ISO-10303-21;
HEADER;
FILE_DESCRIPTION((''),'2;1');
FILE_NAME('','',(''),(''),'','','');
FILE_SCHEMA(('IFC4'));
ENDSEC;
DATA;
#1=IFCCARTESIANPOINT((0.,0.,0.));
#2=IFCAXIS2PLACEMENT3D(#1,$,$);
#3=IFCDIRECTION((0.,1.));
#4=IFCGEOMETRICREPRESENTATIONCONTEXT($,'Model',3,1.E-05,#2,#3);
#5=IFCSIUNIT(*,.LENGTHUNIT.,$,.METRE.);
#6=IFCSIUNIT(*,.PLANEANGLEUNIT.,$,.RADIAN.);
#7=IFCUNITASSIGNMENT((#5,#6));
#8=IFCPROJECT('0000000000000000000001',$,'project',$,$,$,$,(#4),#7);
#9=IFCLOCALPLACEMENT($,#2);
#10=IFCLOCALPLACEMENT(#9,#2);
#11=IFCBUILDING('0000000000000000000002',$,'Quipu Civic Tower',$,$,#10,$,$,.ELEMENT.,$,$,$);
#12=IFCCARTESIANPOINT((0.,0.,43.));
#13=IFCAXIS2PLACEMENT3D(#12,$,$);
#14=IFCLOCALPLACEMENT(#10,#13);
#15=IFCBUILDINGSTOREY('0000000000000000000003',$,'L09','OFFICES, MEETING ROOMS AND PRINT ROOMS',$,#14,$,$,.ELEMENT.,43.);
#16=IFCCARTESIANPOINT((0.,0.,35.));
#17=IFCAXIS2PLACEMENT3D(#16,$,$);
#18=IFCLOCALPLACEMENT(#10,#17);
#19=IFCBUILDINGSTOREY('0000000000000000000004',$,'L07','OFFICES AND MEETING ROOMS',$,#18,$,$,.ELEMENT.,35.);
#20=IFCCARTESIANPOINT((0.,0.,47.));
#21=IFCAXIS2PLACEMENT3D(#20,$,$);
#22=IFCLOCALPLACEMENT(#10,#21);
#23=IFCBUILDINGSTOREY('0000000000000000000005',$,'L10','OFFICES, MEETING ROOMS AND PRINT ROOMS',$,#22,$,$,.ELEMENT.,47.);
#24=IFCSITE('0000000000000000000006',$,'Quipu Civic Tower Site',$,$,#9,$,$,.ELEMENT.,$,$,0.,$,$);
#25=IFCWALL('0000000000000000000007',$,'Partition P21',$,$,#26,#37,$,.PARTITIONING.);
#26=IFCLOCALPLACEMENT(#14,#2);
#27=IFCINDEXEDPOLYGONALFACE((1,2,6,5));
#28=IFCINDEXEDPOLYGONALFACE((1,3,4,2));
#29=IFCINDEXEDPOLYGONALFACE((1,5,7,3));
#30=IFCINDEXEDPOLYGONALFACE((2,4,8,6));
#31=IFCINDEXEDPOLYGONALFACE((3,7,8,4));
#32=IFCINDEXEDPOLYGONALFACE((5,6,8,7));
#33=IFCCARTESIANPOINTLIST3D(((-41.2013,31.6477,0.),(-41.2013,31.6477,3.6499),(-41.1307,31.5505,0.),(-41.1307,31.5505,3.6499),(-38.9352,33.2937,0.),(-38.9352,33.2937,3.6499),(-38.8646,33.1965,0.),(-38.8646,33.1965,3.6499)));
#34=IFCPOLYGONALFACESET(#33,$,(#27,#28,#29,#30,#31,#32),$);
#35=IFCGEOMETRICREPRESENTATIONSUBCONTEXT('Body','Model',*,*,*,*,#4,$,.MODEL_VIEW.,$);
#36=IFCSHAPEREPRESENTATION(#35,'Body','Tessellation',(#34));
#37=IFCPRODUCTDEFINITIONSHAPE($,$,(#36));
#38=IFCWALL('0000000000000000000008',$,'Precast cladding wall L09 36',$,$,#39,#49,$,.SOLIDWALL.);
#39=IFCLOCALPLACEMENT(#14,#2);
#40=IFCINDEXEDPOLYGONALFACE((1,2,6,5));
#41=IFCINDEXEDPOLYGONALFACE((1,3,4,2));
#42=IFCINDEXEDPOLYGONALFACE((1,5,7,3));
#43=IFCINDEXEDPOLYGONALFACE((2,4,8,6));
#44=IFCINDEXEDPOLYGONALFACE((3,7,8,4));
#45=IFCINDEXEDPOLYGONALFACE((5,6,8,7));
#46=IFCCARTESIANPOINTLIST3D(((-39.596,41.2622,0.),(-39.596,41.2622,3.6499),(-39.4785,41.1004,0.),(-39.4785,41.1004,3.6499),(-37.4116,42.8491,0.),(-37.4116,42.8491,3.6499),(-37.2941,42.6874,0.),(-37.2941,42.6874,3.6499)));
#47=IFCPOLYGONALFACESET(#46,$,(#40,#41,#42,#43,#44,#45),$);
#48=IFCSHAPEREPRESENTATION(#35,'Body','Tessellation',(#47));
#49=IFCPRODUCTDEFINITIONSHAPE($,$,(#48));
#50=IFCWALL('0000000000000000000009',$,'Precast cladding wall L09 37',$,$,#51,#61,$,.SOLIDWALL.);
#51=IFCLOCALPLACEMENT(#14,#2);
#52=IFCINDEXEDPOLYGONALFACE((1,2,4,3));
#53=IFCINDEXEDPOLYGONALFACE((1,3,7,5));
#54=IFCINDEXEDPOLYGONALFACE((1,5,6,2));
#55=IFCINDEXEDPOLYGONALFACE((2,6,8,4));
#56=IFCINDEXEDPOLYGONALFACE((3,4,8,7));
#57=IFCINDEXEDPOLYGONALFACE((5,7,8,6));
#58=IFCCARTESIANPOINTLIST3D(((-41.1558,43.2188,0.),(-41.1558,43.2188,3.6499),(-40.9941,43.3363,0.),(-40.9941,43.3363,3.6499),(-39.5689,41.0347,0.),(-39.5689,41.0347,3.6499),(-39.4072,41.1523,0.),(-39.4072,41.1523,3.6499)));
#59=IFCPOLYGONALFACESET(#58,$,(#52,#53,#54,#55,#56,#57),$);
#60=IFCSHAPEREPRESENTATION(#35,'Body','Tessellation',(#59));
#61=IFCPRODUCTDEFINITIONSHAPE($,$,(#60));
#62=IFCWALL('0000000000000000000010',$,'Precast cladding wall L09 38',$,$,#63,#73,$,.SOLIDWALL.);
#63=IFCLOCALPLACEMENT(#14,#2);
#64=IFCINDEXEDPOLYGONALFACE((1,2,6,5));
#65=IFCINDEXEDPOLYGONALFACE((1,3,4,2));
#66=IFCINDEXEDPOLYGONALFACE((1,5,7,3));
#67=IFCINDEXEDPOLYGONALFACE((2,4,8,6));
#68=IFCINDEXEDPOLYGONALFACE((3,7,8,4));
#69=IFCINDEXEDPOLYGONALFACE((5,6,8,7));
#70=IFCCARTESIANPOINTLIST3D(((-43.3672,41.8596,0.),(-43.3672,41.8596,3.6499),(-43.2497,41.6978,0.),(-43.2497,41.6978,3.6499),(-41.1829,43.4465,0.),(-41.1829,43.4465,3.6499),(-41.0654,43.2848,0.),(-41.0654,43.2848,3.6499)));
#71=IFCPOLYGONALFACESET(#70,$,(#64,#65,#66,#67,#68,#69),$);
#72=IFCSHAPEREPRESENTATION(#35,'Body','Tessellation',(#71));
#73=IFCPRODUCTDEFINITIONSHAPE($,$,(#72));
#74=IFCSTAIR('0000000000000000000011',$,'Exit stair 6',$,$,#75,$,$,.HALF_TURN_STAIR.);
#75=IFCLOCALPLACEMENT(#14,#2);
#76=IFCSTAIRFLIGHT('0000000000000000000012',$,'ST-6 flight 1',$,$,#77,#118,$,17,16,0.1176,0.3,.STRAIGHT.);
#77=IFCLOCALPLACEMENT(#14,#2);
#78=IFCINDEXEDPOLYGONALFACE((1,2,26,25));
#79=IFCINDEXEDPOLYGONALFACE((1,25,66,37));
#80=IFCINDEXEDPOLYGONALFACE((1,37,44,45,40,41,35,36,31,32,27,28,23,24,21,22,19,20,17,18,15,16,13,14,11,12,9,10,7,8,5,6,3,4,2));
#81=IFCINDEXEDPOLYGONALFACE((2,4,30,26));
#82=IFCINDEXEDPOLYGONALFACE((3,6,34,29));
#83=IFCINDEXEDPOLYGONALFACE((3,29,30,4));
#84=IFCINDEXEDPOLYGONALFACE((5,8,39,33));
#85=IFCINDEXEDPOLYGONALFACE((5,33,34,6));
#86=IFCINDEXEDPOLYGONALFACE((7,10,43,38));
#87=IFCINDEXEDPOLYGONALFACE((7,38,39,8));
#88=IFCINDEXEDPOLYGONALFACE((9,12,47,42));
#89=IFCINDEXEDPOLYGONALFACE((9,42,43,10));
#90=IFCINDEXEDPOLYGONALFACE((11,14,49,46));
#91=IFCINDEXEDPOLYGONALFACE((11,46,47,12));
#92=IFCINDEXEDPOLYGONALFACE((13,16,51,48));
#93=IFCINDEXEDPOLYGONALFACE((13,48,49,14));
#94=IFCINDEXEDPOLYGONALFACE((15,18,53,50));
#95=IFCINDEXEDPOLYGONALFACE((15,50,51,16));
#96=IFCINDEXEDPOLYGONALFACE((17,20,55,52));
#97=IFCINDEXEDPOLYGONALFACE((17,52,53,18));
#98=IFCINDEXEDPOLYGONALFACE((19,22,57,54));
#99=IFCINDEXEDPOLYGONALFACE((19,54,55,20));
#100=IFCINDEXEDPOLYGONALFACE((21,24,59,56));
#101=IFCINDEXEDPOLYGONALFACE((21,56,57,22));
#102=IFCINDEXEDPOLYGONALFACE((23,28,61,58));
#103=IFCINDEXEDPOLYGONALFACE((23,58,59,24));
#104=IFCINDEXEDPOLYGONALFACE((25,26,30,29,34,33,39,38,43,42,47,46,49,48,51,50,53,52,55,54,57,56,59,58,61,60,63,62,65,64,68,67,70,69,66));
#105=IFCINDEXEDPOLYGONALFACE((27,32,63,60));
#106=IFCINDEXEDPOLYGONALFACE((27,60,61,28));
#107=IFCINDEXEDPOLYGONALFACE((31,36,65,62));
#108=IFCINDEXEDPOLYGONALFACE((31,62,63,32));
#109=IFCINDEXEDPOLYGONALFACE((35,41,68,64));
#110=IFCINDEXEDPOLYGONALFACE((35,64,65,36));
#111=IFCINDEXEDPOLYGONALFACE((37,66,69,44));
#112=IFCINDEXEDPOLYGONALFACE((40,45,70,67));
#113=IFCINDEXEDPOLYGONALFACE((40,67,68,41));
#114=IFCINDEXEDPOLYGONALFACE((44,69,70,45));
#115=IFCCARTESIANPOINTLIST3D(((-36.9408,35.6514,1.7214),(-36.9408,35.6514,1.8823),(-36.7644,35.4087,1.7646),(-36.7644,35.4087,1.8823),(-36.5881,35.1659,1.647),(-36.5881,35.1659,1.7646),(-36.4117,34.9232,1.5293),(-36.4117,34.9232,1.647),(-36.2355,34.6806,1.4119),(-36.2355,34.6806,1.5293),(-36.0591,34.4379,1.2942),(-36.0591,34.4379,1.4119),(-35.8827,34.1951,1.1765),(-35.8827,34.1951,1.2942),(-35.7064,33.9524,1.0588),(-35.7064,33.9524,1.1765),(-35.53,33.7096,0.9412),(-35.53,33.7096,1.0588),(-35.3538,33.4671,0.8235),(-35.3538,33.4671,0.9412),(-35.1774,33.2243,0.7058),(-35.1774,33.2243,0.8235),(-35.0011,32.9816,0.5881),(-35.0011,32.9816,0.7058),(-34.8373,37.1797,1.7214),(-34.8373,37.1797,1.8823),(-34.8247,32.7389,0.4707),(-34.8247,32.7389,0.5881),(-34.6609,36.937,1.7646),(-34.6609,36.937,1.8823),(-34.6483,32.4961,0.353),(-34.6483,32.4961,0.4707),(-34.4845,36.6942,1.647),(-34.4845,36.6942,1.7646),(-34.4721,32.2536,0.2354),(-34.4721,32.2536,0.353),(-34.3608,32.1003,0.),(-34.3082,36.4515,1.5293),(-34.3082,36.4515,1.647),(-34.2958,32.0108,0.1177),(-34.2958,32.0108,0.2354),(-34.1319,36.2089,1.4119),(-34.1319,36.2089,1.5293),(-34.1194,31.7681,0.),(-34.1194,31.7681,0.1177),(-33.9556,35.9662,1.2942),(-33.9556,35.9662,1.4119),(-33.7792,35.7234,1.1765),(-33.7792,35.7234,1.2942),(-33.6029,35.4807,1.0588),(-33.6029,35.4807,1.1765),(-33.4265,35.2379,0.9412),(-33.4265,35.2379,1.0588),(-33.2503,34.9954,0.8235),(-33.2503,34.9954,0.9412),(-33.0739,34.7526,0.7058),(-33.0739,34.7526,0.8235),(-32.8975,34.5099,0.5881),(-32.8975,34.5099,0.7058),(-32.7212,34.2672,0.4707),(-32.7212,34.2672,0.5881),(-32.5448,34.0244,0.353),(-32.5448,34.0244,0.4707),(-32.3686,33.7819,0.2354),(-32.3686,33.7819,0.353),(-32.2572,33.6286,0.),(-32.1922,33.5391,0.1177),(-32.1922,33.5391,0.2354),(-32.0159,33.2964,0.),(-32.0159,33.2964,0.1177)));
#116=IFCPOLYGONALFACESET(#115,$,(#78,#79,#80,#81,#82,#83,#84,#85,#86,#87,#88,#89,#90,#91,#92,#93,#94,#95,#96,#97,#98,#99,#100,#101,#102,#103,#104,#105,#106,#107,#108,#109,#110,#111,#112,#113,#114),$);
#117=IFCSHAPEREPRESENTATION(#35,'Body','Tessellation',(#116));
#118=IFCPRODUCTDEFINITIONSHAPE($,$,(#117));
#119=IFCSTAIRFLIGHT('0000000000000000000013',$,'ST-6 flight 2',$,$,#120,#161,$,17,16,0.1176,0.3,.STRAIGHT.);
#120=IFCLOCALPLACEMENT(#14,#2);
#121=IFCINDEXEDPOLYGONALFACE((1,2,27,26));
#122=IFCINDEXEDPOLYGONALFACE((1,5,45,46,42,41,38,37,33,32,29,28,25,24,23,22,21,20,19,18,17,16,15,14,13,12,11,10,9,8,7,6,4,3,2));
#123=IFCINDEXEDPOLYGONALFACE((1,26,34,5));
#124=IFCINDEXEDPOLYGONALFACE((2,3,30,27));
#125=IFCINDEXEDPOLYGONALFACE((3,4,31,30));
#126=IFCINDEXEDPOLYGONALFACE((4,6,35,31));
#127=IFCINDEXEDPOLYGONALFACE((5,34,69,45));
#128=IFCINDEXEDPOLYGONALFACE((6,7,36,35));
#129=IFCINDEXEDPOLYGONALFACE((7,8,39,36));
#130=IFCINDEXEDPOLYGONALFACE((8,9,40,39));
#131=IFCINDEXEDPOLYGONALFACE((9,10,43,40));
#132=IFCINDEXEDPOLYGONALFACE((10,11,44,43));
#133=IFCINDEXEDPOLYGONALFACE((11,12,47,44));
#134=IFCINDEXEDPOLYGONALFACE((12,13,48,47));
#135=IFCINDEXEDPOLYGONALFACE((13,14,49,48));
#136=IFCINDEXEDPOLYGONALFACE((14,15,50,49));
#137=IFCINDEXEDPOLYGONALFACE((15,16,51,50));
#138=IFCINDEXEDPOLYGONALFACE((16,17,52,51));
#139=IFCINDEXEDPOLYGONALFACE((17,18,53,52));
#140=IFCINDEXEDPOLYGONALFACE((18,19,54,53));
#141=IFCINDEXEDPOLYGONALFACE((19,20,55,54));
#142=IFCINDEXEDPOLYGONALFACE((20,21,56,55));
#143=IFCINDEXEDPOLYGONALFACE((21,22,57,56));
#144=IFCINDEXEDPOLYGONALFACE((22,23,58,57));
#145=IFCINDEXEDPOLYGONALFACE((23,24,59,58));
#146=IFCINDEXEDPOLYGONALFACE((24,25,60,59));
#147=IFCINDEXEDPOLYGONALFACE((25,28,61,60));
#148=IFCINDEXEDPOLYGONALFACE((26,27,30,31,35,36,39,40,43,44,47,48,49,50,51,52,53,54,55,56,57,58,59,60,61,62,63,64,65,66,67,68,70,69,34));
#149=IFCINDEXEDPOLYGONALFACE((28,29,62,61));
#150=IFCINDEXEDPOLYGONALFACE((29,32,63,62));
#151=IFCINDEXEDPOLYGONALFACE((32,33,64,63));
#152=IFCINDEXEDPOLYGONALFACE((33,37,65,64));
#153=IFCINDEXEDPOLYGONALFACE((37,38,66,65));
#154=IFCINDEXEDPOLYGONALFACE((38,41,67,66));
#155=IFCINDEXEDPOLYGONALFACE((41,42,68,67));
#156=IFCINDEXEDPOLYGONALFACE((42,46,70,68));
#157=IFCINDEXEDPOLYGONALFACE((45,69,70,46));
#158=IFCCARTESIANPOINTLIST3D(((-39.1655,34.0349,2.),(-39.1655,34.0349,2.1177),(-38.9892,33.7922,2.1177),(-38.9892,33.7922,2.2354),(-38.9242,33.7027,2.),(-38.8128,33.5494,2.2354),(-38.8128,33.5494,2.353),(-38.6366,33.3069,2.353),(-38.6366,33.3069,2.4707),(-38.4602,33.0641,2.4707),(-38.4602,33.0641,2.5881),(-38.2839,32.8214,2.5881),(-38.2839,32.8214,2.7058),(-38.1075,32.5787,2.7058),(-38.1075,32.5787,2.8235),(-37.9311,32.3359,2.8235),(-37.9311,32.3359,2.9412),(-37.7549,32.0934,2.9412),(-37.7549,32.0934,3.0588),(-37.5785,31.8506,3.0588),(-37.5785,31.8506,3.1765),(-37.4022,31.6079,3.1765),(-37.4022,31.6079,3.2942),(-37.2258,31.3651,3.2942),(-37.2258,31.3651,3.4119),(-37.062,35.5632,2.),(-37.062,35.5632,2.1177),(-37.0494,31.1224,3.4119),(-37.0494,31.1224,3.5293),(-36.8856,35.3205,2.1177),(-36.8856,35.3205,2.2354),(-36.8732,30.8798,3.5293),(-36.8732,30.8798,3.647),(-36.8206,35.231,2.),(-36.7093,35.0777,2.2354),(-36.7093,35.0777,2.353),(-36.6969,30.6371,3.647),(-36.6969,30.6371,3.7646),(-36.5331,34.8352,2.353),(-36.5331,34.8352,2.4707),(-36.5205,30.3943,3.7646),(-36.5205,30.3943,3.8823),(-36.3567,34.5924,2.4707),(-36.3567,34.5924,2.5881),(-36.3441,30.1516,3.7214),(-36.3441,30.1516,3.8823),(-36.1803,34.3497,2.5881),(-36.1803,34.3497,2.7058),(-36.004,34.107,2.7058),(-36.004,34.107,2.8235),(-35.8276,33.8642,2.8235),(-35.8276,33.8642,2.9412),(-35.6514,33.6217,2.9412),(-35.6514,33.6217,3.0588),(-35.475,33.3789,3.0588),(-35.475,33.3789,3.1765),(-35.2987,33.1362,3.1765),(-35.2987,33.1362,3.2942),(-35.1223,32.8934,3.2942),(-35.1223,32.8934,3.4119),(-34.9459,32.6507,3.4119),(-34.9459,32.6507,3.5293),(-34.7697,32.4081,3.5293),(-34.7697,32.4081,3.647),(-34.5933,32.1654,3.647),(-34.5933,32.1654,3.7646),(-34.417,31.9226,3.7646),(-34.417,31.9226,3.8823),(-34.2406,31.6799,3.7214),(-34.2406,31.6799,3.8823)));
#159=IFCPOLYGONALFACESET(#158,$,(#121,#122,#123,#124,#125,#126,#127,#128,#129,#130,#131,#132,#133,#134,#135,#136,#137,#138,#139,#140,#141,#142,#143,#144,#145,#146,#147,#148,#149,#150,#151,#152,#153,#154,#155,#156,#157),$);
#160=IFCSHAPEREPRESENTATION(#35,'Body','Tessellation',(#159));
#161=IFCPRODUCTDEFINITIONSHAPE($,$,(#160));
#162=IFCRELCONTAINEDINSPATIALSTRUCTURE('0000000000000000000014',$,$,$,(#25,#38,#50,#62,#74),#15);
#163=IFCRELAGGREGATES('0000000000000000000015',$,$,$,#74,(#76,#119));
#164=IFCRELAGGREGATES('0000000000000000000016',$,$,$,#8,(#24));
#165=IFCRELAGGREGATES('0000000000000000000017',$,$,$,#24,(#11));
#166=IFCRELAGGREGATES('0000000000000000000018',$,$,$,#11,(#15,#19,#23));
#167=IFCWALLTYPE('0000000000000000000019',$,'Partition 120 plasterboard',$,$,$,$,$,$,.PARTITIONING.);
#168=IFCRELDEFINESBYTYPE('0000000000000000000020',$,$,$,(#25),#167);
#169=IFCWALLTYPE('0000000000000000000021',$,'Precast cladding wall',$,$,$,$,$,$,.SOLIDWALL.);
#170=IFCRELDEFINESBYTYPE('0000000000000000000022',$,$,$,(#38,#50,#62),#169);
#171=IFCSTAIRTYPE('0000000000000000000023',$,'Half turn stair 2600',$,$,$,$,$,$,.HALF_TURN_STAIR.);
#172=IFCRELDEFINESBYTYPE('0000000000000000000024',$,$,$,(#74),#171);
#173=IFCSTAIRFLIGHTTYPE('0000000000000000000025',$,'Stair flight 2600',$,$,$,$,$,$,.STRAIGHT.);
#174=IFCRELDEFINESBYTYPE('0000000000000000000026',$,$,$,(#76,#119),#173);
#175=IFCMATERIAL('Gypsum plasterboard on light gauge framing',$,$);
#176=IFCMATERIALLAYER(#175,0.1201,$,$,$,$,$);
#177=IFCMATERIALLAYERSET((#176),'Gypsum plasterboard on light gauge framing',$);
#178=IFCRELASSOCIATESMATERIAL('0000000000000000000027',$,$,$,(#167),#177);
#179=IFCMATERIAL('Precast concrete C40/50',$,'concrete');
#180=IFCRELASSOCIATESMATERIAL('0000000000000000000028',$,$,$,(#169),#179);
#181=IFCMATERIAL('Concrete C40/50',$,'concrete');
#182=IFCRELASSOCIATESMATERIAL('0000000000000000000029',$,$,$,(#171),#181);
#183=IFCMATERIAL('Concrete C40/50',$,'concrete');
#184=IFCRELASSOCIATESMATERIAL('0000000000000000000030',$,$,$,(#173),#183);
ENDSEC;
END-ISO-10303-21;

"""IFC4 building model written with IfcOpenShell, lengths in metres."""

from ifc_helpers import new_model, si_unit, direction, frame, frame_2d, origin, place, context, subcontext, project, spatial, polyline, rectangle, outline, extrude, material, layer, layer_set, type_object, element, aggregate, save


model = new_model("IFC4")

# Units and contexts
model_context = context("Model", 3, precision=1e-05, world=origin(), true_north=direction((0.0, 1.0)))
body_context = subcontext(model_context, "Body", "Model", "MODEL_VIEW")
ifc_project = project(units=[si_unit("LENGTHUNIT", "METRE"), si_unit("PLANEANGLEUNIT", "RADIAN")], contexts=[model_context])

# Site, building, storey
site_placement = place(None, origin())
site = spatial("IfcSite", under=ifc_project, at=site_placement, Name="Quipu Civic Tower Site", CompositionType="ELEMENT", RefElevation=0.0)
building_placement = place(site_placement, origin())
building = spatial("IfcBuilding", under=site, at=building_placement, Name="Quipu Civic Tower", CompositionType="ELEMENT")
storey_1_placement = place(building_placement, frame((0.0, 0.0, 43.0)))
storey_1 = spatial("IfcBuildingStorey", under=building, at=storey_1_placement, Name="L09", Description="OFFICES, MEETING ROOMS AND PRINT ROOMS", CompositionType="ELEMENT", Elevation=43.0)

# Shared definitions
storey_2_placement = place(building_placement, frame((0.0, 0.0, 35.0)))
storey_2 = spatial("IfcBuildingStorey", under=building, at=storey_2_placement, Name="L07", Description="OFFICES AND MEETING ROOMS", CompositionType="ELEMENT", Elevation=35.0)

# Shared definitions
storey_3_placement = place(building_placement, frame((0.0, 0.0, 47.0)))
storey_3 = spatial("IfcBuildingStorey", under=building, at=storey_3_placement, Name="L10", Description="OFFICES, MEETING ROOMS AND PRINT ROOMS", CompositionType="ELEMENT", Elevation=47.0)

# Walls
ifc_material_1 = material(Name="Gypsum plasterboard on light gauge framing")
ifc_layer_1 = layer(ifc_material_1, 0.1201)
ifc_layer_set_1 = layer_set([ifc_layer_1], Name="Gypsum plasterboard on light gauge framing")
wall_type_1 = type_object("IfcWallType", Name="Partition 120 plasterboard", PredefinedType="PARTITIONING", material=ifc_layer_set_1)
wall_1_placement = place(storey_1_placement, frame((-41.166, 31.5991, 0.0), z_axis=(0.0, 0.0, 1.0), x_axis=(0.80909, 0.587684, 0.0)))
element("IfcWall", 1, at=wall_1_placement, inside=storey_1, type_object=wall_type_1, Name="Partition P21", PredefinedType="PARTITIONING", context=body_context, shape_type="SweptSolid", body=[
    extrude(rectangle(XDim=2.8008, YDim=0.1201, at=frame_2d((1.4004, 0.0))), origin(), (0.0, 0.0, 1.0), 3.6499),
])
ifc_material_2 = material(Name="Precast concrete C40/50", Category="concrete")
wall_type_2 = type_object("IfcWallType", Name="Precast cladding wall", PredefinedType="SOLIDWALL", material=ifc_material_2)
wall_2_placement = place(storey_1_placement, frame((-37.3528, 42.7683, 0.0), z_axis=(0.0, 0.0, 1.0), x_axis=(-0.809033, -0.587763, 0.0)))
element("IfcWall", 2, at=wall_2_placement, inside=storey_1, type_object=wall_type_2, Name="Precast cladding wall L09 36", PredefinedType="SOLIDWALL", context=body_context, shape_type="SweptSolid", body=[
    extrude(rectangle(XDim=2.7, YDim=0.2, at=frame_2d((1.3501, 0.0))), origin(), (0.0, 0.0, 1.0), 3.6499),
])
wall_3_placement = place(storey_1_placement, frame((-39.488, 41.0935, 0.0), z_axis=(0.0, 0.0, 1.0), x_axis=(-0.587806, 0.809002, 0.0)))
element("IfcWall", 3, at=wall_3_placement, inside=storey_1, type_object=wall_type_2, Name="Precast cladding wall L09 37", PredefinedType="SOLIDWALL", context=body_context, shape_type="SweptSolid", body=[
    extrude(rectangle(XDim=2.6997, YDim=0.2, at=frame_2d((1.3499, 0.0))), origin(), (0.0, 0.0, 1.0), 3.6499),
])
wall_4_placement = place(storey_1_placement, frame((-41.124, 43.3657, 0.0), z_axis=(0.0, 0.0, 1.0), x_axis=(-0.809033, -0.587763, 0.0)))
element("IfcWall", 4, at=wall_4_placement, inside=storey_1, type_object=wall_type_2, Name="Precast cladding wall L09 38", PredefinedType="SOLIDWALL", context=body_context, shape_type="SweptSolid", body=[
    extrude(rectangle(XDim=2.7, YDim=0.2, at=frame_2d((1.3501, 0.0))), origin(), (0.0, 0.0, 1.0), 3.6499),
])

# Stair, stair flights
ifc_material_3 = material(Name="Concrete C40/50", Category="concrete")
stair_type = type_object("IfcStairType", Name="Half turn stair 2600", PredefinedType="HALF_TURN_STAIR", material=ifc_material_3)
stair_placement = place(storey_1_placement, origin())
stair = element("IfcStair", 5, at=stair_placement, inside=storey_1, type_object=stair_type, Name="Exit stair 6", PredefinedType="HALF_TURN_STAIR")
ifc_material_4 = material(Name="Concrete C40/50", Category="concrete")
stair_flight_type = type_object("IfcStairFlightType", Name="Stair flight 2600", PredefinedType="STRAIGHT", material=ifc_material_4)
stair_flight_1_placement = place(storey_1_placement, frame((-33.0676, 32.5322, 0.0), z_axis=(0.0, 0.0, 1.0), x_axis=(-0.587785, 0.809017, 0.0)))
stair_flight_1 = element("IfcStairFlight", 6, at=stair_flight_1_placement, type_object=stair_flight_type, Name="ST-6 flight 1", NumberOfRisers=17, NumberOfTreads=16, PredefinedType="STRAIGHT", RiserHeight=0.1176, TreadLength=0.3, context=body_context, shape_type="SweptSolid", body=[
    extrude(outline(polyline([(0.0, 0.0), (0.0, 0.1177), (0.3, 0.1177), (0.3, 0.2354), (0.6001, 0.2354), (0.6001, 0.353), (0.8999, 0.353), (0.8999, 0.4707), (1.2, 0.4707), (1.2, 0.5881), (1.5, 0.5881), (1.5, 0.7058), (1.8, 0.7058), (1.8, 0.8235), (2.1001, 0.8235), (2.1001, 0.9412), (2.3999, 0.9412), (2.3999, 1.0588), (2.7, 1.0588), (2.7, 1.1765), (3.0, 1.1765), (3.0, 1.2942), (3.3, 1.2942), (3.3, 1.4119), (3.6001, 1.4119), (3.6001, 1.5293), (3.8999, 1.5293), (3.8999, 1.647), (4.2, 1.647), (4.2, 1.7646), (4.5, 1.7646), (4.5, 1.8823), (4.8, 1.8823), (4.8, 2.0), (4.8, 1.7214), (0.4106, 0.0), (0.0, 0.0)])), frame((0.0, 1.3, 0.0), z_axis=(0.0, -1.0, 0.0), x_axis=(1.0, 0.0, 0.0)), (0.0, 0.0, 1.0), 2.6001),
])
stair_flight_2_placement = place(storey_1_placement, frame((-38.1138, 34.7991, 2.0), z_axis=(0.0, 0.0, 1.0), x_axis=(0.587785, -0.809017, 0.0)))
stair_flight_2 = element("IfcStairFlight", 7, at=stair_flight_2_placement, type_object=stair_flight_type, Name="ST-6 flight 2", NumberOfRisers=17, NumberOfTreads=16, PredefinedType="STRAIGHT", RiserHeight=0.1176, TreadLength=0.3, context=body_context, shape_type="SweptSolid", body=[
    extrude(outline(polyline([(0.0, 0.0), (0.0, 0.1177), (0.3, 0.1177), (0.3, 0.2354), (0.6001, 0.2354), (0.6001, 0.353), (0.8999, 0.353), (0.8999, 0.4707), (1.2, 0.4707), (1.2, 0.5881), (1.5, 0.5881), (1.5, 0.7058), (1.8, 0.7058), (1.8, 0.8235), (2.1001, 0.8235), (2.1001, 0.9412), (2.3999, 0.9412), (2.3999, 1.0588), (2.7, 1.0588), (2.7, 1.1765), (3.0, 1.1765), (3.0, 1.2942), (3.3, 1.2942), (3.3, 1.4119), (3.6001, 1.4119), (3.6001, 1.5293), (3.8999, 1.5293), (3.8999, 1.647), (4.2, 1.647), (4.2, 1.7646), (4.5, 1.7646), (4.5, 1.8823), (4.8, 1.8823), (4.8, 2.0), (4.8, 1.7214), (0.4106, 0.0), (0.0, 0.0)])), frame((0.0, 1.3, 0.0), z_axis=(0.0, -1.0, 0.0), x_axis=(1.0, 0.0, 0.0)), (0.0, 0.0, 1.0), 2.6001),
])
aggregate(stair, [stair_flight_1, stair_flight_2])

save(model, "model.ifc")
